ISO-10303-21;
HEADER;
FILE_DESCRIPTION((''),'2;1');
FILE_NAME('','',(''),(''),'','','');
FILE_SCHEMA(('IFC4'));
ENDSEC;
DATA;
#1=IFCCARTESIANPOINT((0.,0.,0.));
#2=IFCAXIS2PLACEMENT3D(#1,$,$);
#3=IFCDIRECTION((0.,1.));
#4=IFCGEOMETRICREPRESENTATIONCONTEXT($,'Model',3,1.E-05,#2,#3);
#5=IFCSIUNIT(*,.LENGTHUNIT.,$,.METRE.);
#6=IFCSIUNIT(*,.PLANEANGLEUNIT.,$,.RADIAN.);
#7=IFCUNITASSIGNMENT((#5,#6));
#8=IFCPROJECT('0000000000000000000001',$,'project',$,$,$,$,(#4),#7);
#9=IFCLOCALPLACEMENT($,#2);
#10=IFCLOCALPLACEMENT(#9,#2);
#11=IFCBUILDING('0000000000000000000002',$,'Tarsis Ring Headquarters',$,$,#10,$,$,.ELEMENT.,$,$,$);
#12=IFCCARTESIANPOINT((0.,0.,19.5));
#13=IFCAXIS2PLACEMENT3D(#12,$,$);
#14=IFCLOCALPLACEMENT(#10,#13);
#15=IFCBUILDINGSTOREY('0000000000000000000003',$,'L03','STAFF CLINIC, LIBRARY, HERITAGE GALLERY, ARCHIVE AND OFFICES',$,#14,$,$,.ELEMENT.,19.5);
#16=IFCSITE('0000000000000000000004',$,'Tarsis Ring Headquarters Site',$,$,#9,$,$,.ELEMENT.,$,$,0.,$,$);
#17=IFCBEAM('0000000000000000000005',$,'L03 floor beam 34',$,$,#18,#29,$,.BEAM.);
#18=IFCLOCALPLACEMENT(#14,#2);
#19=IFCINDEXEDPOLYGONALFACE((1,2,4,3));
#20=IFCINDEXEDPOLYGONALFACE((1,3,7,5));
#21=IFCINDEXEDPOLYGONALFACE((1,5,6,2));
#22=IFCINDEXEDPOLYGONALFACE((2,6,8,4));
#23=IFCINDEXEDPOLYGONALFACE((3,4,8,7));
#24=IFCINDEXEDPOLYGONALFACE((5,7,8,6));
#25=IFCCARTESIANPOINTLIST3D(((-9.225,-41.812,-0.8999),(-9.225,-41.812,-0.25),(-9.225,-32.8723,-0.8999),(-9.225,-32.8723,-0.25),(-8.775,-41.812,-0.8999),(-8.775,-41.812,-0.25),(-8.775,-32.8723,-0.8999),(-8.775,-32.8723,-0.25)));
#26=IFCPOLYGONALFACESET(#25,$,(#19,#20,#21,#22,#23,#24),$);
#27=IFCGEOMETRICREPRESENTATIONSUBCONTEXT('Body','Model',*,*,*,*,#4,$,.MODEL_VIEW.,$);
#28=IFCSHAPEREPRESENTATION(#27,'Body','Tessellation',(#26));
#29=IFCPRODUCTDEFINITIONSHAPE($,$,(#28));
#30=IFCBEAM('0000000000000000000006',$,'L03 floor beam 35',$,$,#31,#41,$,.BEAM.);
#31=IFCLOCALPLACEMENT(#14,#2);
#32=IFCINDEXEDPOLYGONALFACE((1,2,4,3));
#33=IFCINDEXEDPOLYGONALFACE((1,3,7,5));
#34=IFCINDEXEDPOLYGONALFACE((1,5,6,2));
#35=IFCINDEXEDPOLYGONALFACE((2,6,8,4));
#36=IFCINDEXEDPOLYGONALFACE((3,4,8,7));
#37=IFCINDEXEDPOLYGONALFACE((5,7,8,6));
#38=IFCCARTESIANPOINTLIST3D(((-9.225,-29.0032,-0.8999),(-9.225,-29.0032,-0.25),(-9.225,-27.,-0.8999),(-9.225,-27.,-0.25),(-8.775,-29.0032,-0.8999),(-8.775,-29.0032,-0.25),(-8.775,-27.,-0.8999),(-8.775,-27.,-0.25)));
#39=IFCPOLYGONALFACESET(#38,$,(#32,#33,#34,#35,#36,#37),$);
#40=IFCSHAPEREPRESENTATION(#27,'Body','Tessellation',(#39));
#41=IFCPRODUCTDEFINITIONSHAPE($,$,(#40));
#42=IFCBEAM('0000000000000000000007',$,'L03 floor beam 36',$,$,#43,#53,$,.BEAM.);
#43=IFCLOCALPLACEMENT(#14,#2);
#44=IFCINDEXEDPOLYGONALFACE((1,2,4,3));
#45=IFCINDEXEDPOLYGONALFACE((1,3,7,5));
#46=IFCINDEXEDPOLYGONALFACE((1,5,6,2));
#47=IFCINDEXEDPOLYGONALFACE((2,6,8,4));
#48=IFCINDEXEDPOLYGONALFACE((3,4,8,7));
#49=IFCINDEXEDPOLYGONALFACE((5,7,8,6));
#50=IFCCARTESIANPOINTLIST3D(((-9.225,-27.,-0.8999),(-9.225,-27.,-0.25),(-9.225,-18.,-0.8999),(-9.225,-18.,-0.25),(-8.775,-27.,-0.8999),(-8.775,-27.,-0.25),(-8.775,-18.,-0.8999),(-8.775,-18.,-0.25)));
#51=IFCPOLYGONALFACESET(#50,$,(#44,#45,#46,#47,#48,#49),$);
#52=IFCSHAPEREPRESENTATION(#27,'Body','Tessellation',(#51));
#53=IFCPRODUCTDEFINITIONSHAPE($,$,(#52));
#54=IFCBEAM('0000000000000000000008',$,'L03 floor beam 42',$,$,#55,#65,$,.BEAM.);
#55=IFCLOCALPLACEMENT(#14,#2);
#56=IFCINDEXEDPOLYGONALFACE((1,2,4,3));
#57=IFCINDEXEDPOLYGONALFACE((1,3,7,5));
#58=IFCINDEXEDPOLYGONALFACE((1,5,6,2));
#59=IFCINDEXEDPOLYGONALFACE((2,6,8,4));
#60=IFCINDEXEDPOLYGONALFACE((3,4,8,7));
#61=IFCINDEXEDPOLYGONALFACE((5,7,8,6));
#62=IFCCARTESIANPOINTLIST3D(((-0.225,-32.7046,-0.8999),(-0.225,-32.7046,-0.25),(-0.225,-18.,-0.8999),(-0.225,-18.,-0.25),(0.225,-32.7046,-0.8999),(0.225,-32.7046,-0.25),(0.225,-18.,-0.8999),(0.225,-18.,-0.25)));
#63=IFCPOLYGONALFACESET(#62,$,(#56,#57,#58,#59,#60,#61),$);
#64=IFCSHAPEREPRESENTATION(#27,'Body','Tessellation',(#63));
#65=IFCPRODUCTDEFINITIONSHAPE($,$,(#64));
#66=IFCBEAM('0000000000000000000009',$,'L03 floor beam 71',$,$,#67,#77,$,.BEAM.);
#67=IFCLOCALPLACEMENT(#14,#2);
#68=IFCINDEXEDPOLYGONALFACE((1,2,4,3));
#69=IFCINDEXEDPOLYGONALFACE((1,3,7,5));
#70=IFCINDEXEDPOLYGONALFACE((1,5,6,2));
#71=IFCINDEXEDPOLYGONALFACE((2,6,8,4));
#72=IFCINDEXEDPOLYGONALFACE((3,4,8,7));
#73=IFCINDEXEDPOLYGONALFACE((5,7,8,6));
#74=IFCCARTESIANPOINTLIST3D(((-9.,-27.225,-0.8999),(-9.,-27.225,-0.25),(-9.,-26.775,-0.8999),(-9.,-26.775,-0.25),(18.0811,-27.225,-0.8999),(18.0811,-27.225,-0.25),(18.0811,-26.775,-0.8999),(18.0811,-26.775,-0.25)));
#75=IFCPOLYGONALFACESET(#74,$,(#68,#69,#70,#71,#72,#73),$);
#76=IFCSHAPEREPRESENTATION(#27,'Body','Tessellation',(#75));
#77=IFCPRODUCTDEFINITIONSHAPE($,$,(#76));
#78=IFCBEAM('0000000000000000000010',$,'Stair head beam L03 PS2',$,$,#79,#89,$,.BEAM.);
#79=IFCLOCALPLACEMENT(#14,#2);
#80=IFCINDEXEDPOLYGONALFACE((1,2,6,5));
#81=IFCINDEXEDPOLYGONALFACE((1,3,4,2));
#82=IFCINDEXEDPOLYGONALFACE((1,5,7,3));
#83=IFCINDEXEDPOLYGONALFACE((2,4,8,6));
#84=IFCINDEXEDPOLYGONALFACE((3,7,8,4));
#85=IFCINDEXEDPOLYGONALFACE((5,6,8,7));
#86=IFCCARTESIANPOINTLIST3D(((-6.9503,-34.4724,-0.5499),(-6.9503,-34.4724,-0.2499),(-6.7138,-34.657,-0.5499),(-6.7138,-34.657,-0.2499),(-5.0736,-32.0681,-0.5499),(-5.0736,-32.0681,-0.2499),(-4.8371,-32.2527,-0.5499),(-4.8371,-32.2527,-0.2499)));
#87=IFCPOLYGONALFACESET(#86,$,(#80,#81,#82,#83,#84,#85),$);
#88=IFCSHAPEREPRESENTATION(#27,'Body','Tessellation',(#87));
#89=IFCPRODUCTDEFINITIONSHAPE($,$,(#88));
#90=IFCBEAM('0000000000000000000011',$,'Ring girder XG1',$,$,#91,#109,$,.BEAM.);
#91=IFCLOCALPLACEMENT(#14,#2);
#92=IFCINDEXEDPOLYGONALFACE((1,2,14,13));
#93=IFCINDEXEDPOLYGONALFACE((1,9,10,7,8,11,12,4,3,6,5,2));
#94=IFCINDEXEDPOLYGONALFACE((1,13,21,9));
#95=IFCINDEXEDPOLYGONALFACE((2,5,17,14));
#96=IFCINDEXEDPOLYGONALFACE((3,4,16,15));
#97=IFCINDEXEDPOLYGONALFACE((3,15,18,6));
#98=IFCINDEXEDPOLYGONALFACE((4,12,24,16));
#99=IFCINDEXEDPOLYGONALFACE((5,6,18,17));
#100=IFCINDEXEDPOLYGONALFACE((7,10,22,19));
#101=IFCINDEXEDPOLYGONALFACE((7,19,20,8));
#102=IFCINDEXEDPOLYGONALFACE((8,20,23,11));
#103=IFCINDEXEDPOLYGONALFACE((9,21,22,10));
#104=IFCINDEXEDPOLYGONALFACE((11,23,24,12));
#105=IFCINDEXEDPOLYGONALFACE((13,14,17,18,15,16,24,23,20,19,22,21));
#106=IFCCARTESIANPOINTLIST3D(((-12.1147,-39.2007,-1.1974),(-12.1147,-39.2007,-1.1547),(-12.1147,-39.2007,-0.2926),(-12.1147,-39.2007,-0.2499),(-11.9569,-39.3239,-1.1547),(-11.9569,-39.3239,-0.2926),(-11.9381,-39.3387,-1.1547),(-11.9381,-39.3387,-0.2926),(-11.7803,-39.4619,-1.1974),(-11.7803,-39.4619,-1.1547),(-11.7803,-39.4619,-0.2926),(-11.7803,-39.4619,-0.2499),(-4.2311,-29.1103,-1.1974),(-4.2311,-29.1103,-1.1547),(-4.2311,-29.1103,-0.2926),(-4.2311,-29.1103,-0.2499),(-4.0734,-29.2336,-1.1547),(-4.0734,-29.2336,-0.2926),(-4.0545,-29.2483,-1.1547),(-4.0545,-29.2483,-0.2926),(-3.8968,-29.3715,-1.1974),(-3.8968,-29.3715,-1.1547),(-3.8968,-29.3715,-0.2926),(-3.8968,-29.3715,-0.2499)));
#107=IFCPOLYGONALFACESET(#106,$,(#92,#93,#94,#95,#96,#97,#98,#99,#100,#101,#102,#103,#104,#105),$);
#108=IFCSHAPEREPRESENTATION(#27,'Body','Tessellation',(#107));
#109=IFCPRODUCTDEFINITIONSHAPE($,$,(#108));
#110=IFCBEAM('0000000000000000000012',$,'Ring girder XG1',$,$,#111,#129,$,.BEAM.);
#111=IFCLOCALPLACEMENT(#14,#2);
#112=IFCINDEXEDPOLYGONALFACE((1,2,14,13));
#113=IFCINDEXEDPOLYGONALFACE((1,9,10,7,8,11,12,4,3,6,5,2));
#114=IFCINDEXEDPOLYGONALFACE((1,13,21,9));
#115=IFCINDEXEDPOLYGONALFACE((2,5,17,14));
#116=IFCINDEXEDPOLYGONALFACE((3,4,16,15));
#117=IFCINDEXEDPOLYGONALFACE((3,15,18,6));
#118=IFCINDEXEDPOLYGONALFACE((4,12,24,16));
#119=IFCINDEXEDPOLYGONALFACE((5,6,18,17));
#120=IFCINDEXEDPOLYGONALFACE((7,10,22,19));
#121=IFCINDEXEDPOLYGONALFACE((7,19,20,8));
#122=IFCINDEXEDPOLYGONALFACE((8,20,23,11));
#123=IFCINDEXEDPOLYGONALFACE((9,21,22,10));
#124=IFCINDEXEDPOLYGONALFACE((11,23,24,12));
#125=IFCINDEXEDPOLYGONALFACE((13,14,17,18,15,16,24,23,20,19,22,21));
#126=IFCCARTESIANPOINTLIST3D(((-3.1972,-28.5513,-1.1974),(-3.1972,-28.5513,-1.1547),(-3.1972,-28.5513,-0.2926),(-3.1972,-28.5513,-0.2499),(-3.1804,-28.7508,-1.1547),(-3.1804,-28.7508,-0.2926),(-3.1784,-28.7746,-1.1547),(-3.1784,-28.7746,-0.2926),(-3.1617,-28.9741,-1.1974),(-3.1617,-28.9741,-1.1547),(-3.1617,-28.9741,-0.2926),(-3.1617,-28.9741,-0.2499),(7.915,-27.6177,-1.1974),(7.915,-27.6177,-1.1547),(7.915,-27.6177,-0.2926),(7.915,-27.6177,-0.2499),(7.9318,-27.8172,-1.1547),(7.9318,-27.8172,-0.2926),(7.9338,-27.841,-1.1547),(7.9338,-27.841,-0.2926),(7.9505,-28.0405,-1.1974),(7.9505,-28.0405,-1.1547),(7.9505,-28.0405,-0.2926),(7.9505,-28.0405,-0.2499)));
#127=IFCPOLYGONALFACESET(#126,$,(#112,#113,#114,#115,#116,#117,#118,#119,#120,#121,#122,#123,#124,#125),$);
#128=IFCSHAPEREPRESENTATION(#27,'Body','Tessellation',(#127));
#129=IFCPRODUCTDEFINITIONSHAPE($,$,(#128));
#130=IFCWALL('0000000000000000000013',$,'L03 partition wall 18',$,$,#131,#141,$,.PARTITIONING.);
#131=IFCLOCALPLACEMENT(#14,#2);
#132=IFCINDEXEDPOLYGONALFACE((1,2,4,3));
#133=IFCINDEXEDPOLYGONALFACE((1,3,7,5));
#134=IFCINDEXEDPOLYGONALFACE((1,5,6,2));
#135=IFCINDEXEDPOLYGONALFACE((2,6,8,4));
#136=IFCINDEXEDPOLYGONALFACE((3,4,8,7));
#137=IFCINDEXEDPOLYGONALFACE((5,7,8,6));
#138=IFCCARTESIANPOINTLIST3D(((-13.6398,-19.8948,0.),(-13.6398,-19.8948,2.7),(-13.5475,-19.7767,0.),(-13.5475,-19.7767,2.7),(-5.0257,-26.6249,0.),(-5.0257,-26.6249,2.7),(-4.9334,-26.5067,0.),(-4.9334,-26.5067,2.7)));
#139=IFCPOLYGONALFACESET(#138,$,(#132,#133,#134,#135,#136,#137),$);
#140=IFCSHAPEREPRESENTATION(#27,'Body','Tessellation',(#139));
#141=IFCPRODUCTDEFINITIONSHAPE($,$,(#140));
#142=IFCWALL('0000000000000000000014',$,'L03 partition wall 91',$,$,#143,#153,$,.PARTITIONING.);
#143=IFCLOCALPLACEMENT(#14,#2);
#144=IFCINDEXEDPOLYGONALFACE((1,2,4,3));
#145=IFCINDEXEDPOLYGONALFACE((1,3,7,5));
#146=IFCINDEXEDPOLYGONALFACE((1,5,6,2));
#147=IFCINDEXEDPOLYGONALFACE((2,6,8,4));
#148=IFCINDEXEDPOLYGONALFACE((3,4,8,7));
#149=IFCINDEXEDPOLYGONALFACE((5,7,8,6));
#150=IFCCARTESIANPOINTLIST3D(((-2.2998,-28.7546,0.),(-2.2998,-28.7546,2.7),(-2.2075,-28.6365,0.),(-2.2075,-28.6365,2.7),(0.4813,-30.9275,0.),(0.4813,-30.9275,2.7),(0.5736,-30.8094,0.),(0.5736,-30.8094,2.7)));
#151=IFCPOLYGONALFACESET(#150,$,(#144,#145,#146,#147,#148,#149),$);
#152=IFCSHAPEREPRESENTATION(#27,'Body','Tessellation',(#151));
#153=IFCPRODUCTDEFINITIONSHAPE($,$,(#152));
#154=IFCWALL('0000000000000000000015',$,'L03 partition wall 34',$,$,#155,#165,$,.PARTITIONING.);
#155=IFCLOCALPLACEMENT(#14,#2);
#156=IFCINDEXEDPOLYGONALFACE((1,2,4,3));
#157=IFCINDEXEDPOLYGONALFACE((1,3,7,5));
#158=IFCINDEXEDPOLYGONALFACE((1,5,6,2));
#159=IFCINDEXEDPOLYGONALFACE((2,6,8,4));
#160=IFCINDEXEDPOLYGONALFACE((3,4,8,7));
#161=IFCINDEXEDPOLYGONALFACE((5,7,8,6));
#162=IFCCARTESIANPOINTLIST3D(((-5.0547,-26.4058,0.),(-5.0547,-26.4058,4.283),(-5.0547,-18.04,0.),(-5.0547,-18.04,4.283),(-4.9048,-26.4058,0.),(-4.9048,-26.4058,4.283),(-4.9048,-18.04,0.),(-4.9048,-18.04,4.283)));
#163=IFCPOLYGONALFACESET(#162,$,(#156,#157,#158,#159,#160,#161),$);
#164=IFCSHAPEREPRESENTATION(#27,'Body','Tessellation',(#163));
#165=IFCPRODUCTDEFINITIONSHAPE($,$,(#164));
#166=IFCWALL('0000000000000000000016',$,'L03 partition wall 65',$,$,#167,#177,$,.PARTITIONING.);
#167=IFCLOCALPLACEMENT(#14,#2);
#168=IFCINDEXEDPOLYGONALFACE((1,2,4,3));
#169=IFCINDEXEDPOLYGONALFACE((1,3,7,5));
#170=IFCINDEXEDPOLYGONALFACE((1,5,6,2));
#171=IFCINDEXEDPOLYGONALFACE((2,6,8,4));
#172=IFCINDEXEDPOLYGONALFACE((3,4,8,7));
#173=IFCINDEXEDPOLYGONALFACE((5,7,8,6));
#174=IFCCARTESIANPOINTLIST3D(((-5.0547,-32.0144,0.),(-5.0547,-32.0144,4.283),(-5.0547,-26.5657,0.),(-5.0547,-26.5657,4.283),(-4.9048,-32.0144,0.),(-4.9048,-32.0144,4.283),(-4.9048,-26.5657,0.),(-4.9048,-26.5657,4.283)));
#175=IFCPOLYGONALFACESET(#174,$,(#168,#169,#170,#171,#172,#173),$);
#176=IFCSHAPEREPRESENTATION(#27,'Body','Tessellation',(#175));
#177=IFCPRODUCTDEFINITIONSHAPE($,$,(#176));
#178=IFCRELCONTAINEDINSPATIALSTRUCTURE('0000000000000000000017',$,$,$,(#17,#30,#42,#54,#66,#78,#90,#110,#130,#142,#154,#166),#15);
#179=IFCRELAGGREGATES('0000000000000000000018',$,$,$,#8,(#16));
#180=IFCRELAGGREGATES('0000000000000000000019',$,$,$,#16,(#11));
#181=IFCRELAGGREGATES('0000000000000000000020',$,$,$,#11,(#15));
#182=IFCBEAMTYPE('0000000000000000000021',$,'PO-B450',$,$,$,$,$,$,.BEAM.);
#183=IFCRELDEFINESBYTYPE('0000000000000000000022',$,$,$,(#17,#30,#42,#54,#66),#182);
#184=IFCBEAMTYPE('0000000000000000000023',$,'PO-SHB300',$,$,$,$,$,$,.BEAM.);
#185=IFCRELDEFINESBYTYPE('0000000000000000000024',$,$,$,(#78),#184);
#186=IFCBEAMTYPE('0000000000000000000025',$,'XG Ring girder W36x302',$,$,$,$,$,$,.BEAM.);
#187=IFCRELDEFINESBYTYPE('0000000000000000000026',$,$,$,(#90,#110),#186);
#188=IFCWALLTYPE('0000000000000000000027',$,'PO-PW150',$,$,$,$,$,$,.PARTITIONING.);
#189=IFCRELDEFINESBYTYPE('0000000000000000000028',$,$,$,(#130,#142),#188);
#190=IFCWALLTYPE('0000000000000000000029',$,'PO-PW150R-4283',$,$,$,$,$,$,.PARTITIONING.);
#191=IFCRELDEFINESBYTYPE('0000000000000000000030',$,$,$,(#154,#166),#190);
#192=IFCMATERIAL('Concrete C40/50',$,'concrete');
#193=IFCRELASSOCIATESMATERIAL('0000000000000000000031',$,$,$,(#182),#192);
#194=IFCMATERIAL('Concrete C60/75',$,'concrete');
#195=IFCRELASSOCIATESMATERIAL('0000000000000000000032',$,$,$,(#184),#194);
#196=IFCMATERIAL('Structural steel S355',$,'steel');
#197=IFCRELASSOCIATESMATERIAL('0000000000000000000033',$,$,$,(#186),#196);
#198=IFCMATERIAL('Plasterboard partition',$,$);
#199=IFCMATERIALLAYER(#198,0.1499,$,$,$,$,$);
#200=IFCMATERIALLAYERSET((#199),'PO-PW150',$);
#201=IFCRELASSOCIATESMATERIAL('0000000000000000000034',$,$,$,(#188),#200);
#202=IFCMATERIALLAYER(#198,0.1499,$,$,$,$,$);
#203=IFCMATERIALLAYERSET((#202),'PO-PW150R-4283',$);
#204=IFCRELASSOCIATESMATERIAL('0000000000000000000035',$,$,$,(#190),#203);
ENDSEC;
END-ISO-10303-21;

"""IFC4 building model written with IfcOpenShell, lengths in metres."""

from ifc_helpers import new_model, si_unit, direction, frame, frame_2d, origin, origin_2d, place, context, subcontext, project, spatial, rectangle, i_section, extrude, material, layer, layer_set, material_profile, profile_set, type_object, element, save


model = new_model("IFC4")

# Units and contexts
model_context = context("Model", 3, precision=1e-05, world=origin(), true_north=direction((0.0, 1.0)))
body_context = subcontext(model_context, "Body", "Model", "MODEL_VIEW")
ifc_project = project(units=[si_unit("LENGTHUNIT", "METRE"), si_unit("PLANEANGLEUNIT", "RADIAN")], contexts=[model_context])

# Site, building, storey
site_placement = place(None, origin())
site = spatial("IfcSite", under=ifc_project, at=site_placement, Name="Tarsis Ring Headquarters Site", CompositionType="ELEMENT", RefElevation=0.0)
building_placement = place(site_placement, origin())
building = spatial("IfcBuilding", under=site, at=building_placement, Name="Tarsis Ring Headquarters", CompositionType="ELEMENT")
storey_placement = place(building_placement, frame((0.0, 0.0, 19.5)))
storey = spatial("IfcBuildingStorey", under=building, at=storey_placement, Name="L03", Description="STAFF CLINIC, LIBRARY, HERITAGE GALLERY, ARCHIVE AND OFFICES", CompositionType="ELEMENT", Elevation=19.5)

# Shared definitions
ifc_material_1 = material(Name="Concrete C60/75", Category="concrete")

# Beams
ifc_material_2 = material(Name="Concrete C40/50", Category="concrete")
ifc_material_profile_1 = material_profile(ifc_material_2, rectangle(XDim=0.45, YDim=0.6499, at=origin_2d()), Name="PO-B450")
ifc_profile_set_1 = profile_set([ifc_material_profile_1], Name="Concrete C40/50")
beam_type_1 = type_object("IfcBeamType", Name="PO-B450", PredefinedType="BEAM", material=ifc_profile_set_1)
beam_1_placement = place(storey_placement, frame((-9.0, -41.812, -0.575), z_axis=(0.0, 1.0, 0.0), x_axis=(-1.0, 0.0, 0.0)))
element("IfcBeam", 1, at=beam_1_placement, inside=storey, type_object=beam_type_1, Name="L03 floor beam 34", PredefinedType="BEAM", context=body_context, shape_type="SweptSolid", body=[
    extrude(rectangle(XDim=0.45, YDim=0.6499, at=origin_2d()), origin(), (0.0, 0.0, 1.0), 8.9397),
])
beam_2_placement = place(storey_placement, frame((-9.0, -29.0032, -0.575), z_axis=(0.0, 1.0, 0.0), x_axis=(-1.0, 0.0, 0.0)))
element("IfcBeam", 2, at=beam_2_placement, inside=storey, type_object=beam_type_1, Name="L03 floor beam 35", PredefinedType="BEAM", context=body_context, shape_type="SweptSolid", body=[
    extrude(rectangle(XDim=0.45, YDim=0.6499, at=origin_2d()), origin(), (0.0, 0.0, 1.0), 2.0032),
])
beam_3_placement = place(storey_placement, frame((-9.0, -27.0, -0.575), z_axis=(0.0, 1.0, 0.0), x_axis=(-1.0, 0.0, 0.0)))
element("IfcBeam", 3, at=beam_3_placement, inside=storey, type_object=beam_type_1, Name="L03 floor beam 36", PredefinedType="BEAM", context=body_context, shape_type="SweptSolid", body=[
    extrude(rectangle(XDim=0.45, YDim=0.6499, at=origin_2d()), origin(), (0.0, 0.0, 1.0), 9.0),
])
beam_4_placement = place(storey_placement, frame((0.0, -32.7046, -0.575), z_axis=(0.0, 1.0, 0.0), x_axis=(-1.0, 0.0, 0.0)))
element("IfcBeam", 4, at=beam_4_placement, inside=storey, type_object=beam_type_1, Name="L03 floor beam 42", PredefinedType="BEAM", context=body_context, shape_type="SweptSolid", body=[
    extrude(rectangle(XDim=0.45, YDim=0.6499, at=origin_2d()), origin(), (0.0, 0.0, 1.0), 14.7046),
])
beam_5_placement = place(storey_placement, frame((-9.0, -27.0, -0.575), z_axis=(1.0, 0.0, 0.0), x_axis=(0.0, 1.0, 0.0)))
element("IfcBeam", 5, at=beam_5_placement, inside=storey, type_object=beam_type_1, Name="L03 floor beam 71", PredefinedType="BEAM", context=body_context, shape_type="SweptSolid", body=[
    extrude(rectangle(XDim=0.45, YDim=0.6499, at=origin_2d()), origin(), (0.0, 0.0, 1.0), 27.0811),
])
ifc_material_profile_2 = material_profile(ifc_material_1, rectangle(XDim=0.3, YDim=0.3, at=origin_2d()), Name="PO-SHB300")
ifc_profile_set_2 = profile_set([ifc_material_profile_2], Name="Concrete C60/75")
beam_type_2 = type_object("IfcBeamType", Name="PO-SHB300", PredefinedType="BEAM", material=ifc_profile_set_2)
beam_6_placement = place(storey_placement, frame((-4.9553, -32.1604, -0.3999), z_axis=(-0.615308, -0.788286, 0.0), x_axis=(0.788286, -0.615308, 0.0)))
element("IfcBeam", 6, at=beam_6_placement, inside=storey, type_object=beam_type_2, Name="Stair head beam L03 PS2", PredefinedType="BEAM", context=body_context, shape_type="SweptSolid", body=[
    extrude(rectangle(XDim=0.3, YDim=0.3, at=origin_2d()), origin(), (0.0, 0.0, 1.0), 3.05),
])
ifc_material_3 = material(Name="Structural steel S355", Category="steel")
ifc_material_profile_3 = material_profile(ifc_material_3, i_section(OverallWidth=0.4243, OverallDepth=0.9475, WebThickness=0.0239, FlangeThickness=0.0427, at=origin_2d()), Name="W36x302")
ifc_profile_set_3 = profile_set([ifc_material_profile_3], Name="Structural steel S355")
beam_type_3 = type_object("IfcBeamType", Name="XG Ring girder W36x302", PredefinedType="BEAM", material=ifc_profile_set_3)
beam_7_placement = place(storey_placement, frame((-11.9475, -39.3313, -0.7236), z_axis=(0.615667, 0.788006, 0.0), x_axis=(-0.788006, 0.615667, 0.0)))
element("IfcBeam", 7, at=beam_7_placement, inside=storey, type_object=beam_type_3, Name="Ring girder XG1", PredefinedType="BEAM", context=body_context, shape_type="SweptSolid", body=[
    extrude(i_section(OverallWidth=0.4243, OverallDepth=0.9475, WebThickness=0.0239, FlangeThickness=0.0427, at=origin_2d()), origin(), (0.0, 0.0, 1.0), 12.8049),
])
beam_8_placement = place(storey_placement, frame((-3.1794, -28.7627, -0.7236), z_axis=(0.996489, 0.083719, 0.0), x_axis=(-0.083719, 0.996489, 0.0)))
element("IfcBeam", 8, at=beam_8_placement, inside=storey, type_object=beam_type_3, Name="Ring girder XG1", PredefinedType="BEAM", context=body_context, shape_type="SweptSolid", body=[
    extrude(i_section(OverallWidth=0.4243, OverallDepth=0.9475, WebThickness=0.0239, FlangeThickness=0.0427, at=origin_2d()), origin(), (0.0, 0.0, 1.0), 11.1514),
])

# Walls
ifc_material_4 = material(Name="Plasterboard partition")
ifc_layer_1 = layer(ifc_material_4, 0.1499)
ifc_layer_set_1 = layer_set([ifc_layer_1], Name="PO-PW150")
wall_type_1 = type_object("IfcWallType", Name="PO-PW150", PredefinedType="PARTITIONING", material=ifc_layer_set_1)
wall_1_placement = place(storey_placement, frame((-13.5938, -19.8357, 0.0), z_axis=(0.0, 0.0, 1.0), x_axis=(0.788012, -0.61566, 0.0)))
element("IfcWall", 9, at=wall_1_placement, inside=storey, type_object=wall_type_1, Name="L03 partition wall 18", PredefinedType="PARTITIONING", context=body_context, shape_type="SweptSolid", body=[
    extrude(rectangle(XDim=10.9314, YDim=0.1499, at=frame_2d((5.4658, 0.0))), origin(), (0.0, 0.0, 1.0), 2.7),
])
wall_2_placement = place(storey_placement, frame((-2.2537, -28.6956, 0.0), z_axis=(0.0, 0.0, 1.0), x_axis=(0.787998, -0.615678, 0.0)))
element("IfcWall", 10, at=wall_2_placement, inside=storey, type_object=wall_type_1, Name="L03 partition wall 91", PredefinedType="PARTITIONING", context=body_context, shape_type="SweptSolid", body=[
    extrude(rectangle(XDim=3.5293, YDim=0.1499, at=frame_2d((1.7646, 0.0))), origin(), (0.0, 0.0, 1.0), 2.7),
])
ifc_layer_2 = layer(ifc_material_4, 0.1499)
ifc_layer_set_2 = layer_set([ifc_layer_2], Name="PO-PW150R-4283")
wall_type_2 = type_object("IfcWallType", Name="PO-PW150R-4283", PredefinedType="PARTITIONING", material=ifc_layer_set_2)
wall_3_placement = place(storey_placement, frame((-4.9797, -26.4058, 0.0), z_axis=(0.0, 0.0, 1.0), x_axis=(0.0, 1.0, 0.0)))
element("IfcWall", 11, at=wall_3_placement, inside=storey, type_object=wall_type_2, Name="L03 partition wall 34", PredefinedType="PARTITIONING", context=body_context, shape_type="SweptSolid", body=[
    extrude(rectangle(XDim=8.3657, YDim=0.1499, at=frame_2d((4.1829, 0.0))), origin(), (0.0, 0.0, 1.0), 4.283),
])
wall_4_placement = place(storey_placement, frame((-4.9797, -32.0144, 0.0), z_axis=(0.0, 0.0, 1.0), x_axis=(0.0, 1.0, 0.0)))
element("IfcWall", 12, at=wall_4_placement, inside=storey, type_object=wall_type_2, Name="L03 partition wall 65", PredefinedType="PARTITIONING", context=body_context, shape_type="SweptSolid", body=[
    extrude(rectangle(XDim=5.4487, YDim=0.1499, at=frame_2d((2.7244, 0.0))), origin(), (0.0, 0.0, 1.0), 4.283),
])

save(model, "model.ifc")
